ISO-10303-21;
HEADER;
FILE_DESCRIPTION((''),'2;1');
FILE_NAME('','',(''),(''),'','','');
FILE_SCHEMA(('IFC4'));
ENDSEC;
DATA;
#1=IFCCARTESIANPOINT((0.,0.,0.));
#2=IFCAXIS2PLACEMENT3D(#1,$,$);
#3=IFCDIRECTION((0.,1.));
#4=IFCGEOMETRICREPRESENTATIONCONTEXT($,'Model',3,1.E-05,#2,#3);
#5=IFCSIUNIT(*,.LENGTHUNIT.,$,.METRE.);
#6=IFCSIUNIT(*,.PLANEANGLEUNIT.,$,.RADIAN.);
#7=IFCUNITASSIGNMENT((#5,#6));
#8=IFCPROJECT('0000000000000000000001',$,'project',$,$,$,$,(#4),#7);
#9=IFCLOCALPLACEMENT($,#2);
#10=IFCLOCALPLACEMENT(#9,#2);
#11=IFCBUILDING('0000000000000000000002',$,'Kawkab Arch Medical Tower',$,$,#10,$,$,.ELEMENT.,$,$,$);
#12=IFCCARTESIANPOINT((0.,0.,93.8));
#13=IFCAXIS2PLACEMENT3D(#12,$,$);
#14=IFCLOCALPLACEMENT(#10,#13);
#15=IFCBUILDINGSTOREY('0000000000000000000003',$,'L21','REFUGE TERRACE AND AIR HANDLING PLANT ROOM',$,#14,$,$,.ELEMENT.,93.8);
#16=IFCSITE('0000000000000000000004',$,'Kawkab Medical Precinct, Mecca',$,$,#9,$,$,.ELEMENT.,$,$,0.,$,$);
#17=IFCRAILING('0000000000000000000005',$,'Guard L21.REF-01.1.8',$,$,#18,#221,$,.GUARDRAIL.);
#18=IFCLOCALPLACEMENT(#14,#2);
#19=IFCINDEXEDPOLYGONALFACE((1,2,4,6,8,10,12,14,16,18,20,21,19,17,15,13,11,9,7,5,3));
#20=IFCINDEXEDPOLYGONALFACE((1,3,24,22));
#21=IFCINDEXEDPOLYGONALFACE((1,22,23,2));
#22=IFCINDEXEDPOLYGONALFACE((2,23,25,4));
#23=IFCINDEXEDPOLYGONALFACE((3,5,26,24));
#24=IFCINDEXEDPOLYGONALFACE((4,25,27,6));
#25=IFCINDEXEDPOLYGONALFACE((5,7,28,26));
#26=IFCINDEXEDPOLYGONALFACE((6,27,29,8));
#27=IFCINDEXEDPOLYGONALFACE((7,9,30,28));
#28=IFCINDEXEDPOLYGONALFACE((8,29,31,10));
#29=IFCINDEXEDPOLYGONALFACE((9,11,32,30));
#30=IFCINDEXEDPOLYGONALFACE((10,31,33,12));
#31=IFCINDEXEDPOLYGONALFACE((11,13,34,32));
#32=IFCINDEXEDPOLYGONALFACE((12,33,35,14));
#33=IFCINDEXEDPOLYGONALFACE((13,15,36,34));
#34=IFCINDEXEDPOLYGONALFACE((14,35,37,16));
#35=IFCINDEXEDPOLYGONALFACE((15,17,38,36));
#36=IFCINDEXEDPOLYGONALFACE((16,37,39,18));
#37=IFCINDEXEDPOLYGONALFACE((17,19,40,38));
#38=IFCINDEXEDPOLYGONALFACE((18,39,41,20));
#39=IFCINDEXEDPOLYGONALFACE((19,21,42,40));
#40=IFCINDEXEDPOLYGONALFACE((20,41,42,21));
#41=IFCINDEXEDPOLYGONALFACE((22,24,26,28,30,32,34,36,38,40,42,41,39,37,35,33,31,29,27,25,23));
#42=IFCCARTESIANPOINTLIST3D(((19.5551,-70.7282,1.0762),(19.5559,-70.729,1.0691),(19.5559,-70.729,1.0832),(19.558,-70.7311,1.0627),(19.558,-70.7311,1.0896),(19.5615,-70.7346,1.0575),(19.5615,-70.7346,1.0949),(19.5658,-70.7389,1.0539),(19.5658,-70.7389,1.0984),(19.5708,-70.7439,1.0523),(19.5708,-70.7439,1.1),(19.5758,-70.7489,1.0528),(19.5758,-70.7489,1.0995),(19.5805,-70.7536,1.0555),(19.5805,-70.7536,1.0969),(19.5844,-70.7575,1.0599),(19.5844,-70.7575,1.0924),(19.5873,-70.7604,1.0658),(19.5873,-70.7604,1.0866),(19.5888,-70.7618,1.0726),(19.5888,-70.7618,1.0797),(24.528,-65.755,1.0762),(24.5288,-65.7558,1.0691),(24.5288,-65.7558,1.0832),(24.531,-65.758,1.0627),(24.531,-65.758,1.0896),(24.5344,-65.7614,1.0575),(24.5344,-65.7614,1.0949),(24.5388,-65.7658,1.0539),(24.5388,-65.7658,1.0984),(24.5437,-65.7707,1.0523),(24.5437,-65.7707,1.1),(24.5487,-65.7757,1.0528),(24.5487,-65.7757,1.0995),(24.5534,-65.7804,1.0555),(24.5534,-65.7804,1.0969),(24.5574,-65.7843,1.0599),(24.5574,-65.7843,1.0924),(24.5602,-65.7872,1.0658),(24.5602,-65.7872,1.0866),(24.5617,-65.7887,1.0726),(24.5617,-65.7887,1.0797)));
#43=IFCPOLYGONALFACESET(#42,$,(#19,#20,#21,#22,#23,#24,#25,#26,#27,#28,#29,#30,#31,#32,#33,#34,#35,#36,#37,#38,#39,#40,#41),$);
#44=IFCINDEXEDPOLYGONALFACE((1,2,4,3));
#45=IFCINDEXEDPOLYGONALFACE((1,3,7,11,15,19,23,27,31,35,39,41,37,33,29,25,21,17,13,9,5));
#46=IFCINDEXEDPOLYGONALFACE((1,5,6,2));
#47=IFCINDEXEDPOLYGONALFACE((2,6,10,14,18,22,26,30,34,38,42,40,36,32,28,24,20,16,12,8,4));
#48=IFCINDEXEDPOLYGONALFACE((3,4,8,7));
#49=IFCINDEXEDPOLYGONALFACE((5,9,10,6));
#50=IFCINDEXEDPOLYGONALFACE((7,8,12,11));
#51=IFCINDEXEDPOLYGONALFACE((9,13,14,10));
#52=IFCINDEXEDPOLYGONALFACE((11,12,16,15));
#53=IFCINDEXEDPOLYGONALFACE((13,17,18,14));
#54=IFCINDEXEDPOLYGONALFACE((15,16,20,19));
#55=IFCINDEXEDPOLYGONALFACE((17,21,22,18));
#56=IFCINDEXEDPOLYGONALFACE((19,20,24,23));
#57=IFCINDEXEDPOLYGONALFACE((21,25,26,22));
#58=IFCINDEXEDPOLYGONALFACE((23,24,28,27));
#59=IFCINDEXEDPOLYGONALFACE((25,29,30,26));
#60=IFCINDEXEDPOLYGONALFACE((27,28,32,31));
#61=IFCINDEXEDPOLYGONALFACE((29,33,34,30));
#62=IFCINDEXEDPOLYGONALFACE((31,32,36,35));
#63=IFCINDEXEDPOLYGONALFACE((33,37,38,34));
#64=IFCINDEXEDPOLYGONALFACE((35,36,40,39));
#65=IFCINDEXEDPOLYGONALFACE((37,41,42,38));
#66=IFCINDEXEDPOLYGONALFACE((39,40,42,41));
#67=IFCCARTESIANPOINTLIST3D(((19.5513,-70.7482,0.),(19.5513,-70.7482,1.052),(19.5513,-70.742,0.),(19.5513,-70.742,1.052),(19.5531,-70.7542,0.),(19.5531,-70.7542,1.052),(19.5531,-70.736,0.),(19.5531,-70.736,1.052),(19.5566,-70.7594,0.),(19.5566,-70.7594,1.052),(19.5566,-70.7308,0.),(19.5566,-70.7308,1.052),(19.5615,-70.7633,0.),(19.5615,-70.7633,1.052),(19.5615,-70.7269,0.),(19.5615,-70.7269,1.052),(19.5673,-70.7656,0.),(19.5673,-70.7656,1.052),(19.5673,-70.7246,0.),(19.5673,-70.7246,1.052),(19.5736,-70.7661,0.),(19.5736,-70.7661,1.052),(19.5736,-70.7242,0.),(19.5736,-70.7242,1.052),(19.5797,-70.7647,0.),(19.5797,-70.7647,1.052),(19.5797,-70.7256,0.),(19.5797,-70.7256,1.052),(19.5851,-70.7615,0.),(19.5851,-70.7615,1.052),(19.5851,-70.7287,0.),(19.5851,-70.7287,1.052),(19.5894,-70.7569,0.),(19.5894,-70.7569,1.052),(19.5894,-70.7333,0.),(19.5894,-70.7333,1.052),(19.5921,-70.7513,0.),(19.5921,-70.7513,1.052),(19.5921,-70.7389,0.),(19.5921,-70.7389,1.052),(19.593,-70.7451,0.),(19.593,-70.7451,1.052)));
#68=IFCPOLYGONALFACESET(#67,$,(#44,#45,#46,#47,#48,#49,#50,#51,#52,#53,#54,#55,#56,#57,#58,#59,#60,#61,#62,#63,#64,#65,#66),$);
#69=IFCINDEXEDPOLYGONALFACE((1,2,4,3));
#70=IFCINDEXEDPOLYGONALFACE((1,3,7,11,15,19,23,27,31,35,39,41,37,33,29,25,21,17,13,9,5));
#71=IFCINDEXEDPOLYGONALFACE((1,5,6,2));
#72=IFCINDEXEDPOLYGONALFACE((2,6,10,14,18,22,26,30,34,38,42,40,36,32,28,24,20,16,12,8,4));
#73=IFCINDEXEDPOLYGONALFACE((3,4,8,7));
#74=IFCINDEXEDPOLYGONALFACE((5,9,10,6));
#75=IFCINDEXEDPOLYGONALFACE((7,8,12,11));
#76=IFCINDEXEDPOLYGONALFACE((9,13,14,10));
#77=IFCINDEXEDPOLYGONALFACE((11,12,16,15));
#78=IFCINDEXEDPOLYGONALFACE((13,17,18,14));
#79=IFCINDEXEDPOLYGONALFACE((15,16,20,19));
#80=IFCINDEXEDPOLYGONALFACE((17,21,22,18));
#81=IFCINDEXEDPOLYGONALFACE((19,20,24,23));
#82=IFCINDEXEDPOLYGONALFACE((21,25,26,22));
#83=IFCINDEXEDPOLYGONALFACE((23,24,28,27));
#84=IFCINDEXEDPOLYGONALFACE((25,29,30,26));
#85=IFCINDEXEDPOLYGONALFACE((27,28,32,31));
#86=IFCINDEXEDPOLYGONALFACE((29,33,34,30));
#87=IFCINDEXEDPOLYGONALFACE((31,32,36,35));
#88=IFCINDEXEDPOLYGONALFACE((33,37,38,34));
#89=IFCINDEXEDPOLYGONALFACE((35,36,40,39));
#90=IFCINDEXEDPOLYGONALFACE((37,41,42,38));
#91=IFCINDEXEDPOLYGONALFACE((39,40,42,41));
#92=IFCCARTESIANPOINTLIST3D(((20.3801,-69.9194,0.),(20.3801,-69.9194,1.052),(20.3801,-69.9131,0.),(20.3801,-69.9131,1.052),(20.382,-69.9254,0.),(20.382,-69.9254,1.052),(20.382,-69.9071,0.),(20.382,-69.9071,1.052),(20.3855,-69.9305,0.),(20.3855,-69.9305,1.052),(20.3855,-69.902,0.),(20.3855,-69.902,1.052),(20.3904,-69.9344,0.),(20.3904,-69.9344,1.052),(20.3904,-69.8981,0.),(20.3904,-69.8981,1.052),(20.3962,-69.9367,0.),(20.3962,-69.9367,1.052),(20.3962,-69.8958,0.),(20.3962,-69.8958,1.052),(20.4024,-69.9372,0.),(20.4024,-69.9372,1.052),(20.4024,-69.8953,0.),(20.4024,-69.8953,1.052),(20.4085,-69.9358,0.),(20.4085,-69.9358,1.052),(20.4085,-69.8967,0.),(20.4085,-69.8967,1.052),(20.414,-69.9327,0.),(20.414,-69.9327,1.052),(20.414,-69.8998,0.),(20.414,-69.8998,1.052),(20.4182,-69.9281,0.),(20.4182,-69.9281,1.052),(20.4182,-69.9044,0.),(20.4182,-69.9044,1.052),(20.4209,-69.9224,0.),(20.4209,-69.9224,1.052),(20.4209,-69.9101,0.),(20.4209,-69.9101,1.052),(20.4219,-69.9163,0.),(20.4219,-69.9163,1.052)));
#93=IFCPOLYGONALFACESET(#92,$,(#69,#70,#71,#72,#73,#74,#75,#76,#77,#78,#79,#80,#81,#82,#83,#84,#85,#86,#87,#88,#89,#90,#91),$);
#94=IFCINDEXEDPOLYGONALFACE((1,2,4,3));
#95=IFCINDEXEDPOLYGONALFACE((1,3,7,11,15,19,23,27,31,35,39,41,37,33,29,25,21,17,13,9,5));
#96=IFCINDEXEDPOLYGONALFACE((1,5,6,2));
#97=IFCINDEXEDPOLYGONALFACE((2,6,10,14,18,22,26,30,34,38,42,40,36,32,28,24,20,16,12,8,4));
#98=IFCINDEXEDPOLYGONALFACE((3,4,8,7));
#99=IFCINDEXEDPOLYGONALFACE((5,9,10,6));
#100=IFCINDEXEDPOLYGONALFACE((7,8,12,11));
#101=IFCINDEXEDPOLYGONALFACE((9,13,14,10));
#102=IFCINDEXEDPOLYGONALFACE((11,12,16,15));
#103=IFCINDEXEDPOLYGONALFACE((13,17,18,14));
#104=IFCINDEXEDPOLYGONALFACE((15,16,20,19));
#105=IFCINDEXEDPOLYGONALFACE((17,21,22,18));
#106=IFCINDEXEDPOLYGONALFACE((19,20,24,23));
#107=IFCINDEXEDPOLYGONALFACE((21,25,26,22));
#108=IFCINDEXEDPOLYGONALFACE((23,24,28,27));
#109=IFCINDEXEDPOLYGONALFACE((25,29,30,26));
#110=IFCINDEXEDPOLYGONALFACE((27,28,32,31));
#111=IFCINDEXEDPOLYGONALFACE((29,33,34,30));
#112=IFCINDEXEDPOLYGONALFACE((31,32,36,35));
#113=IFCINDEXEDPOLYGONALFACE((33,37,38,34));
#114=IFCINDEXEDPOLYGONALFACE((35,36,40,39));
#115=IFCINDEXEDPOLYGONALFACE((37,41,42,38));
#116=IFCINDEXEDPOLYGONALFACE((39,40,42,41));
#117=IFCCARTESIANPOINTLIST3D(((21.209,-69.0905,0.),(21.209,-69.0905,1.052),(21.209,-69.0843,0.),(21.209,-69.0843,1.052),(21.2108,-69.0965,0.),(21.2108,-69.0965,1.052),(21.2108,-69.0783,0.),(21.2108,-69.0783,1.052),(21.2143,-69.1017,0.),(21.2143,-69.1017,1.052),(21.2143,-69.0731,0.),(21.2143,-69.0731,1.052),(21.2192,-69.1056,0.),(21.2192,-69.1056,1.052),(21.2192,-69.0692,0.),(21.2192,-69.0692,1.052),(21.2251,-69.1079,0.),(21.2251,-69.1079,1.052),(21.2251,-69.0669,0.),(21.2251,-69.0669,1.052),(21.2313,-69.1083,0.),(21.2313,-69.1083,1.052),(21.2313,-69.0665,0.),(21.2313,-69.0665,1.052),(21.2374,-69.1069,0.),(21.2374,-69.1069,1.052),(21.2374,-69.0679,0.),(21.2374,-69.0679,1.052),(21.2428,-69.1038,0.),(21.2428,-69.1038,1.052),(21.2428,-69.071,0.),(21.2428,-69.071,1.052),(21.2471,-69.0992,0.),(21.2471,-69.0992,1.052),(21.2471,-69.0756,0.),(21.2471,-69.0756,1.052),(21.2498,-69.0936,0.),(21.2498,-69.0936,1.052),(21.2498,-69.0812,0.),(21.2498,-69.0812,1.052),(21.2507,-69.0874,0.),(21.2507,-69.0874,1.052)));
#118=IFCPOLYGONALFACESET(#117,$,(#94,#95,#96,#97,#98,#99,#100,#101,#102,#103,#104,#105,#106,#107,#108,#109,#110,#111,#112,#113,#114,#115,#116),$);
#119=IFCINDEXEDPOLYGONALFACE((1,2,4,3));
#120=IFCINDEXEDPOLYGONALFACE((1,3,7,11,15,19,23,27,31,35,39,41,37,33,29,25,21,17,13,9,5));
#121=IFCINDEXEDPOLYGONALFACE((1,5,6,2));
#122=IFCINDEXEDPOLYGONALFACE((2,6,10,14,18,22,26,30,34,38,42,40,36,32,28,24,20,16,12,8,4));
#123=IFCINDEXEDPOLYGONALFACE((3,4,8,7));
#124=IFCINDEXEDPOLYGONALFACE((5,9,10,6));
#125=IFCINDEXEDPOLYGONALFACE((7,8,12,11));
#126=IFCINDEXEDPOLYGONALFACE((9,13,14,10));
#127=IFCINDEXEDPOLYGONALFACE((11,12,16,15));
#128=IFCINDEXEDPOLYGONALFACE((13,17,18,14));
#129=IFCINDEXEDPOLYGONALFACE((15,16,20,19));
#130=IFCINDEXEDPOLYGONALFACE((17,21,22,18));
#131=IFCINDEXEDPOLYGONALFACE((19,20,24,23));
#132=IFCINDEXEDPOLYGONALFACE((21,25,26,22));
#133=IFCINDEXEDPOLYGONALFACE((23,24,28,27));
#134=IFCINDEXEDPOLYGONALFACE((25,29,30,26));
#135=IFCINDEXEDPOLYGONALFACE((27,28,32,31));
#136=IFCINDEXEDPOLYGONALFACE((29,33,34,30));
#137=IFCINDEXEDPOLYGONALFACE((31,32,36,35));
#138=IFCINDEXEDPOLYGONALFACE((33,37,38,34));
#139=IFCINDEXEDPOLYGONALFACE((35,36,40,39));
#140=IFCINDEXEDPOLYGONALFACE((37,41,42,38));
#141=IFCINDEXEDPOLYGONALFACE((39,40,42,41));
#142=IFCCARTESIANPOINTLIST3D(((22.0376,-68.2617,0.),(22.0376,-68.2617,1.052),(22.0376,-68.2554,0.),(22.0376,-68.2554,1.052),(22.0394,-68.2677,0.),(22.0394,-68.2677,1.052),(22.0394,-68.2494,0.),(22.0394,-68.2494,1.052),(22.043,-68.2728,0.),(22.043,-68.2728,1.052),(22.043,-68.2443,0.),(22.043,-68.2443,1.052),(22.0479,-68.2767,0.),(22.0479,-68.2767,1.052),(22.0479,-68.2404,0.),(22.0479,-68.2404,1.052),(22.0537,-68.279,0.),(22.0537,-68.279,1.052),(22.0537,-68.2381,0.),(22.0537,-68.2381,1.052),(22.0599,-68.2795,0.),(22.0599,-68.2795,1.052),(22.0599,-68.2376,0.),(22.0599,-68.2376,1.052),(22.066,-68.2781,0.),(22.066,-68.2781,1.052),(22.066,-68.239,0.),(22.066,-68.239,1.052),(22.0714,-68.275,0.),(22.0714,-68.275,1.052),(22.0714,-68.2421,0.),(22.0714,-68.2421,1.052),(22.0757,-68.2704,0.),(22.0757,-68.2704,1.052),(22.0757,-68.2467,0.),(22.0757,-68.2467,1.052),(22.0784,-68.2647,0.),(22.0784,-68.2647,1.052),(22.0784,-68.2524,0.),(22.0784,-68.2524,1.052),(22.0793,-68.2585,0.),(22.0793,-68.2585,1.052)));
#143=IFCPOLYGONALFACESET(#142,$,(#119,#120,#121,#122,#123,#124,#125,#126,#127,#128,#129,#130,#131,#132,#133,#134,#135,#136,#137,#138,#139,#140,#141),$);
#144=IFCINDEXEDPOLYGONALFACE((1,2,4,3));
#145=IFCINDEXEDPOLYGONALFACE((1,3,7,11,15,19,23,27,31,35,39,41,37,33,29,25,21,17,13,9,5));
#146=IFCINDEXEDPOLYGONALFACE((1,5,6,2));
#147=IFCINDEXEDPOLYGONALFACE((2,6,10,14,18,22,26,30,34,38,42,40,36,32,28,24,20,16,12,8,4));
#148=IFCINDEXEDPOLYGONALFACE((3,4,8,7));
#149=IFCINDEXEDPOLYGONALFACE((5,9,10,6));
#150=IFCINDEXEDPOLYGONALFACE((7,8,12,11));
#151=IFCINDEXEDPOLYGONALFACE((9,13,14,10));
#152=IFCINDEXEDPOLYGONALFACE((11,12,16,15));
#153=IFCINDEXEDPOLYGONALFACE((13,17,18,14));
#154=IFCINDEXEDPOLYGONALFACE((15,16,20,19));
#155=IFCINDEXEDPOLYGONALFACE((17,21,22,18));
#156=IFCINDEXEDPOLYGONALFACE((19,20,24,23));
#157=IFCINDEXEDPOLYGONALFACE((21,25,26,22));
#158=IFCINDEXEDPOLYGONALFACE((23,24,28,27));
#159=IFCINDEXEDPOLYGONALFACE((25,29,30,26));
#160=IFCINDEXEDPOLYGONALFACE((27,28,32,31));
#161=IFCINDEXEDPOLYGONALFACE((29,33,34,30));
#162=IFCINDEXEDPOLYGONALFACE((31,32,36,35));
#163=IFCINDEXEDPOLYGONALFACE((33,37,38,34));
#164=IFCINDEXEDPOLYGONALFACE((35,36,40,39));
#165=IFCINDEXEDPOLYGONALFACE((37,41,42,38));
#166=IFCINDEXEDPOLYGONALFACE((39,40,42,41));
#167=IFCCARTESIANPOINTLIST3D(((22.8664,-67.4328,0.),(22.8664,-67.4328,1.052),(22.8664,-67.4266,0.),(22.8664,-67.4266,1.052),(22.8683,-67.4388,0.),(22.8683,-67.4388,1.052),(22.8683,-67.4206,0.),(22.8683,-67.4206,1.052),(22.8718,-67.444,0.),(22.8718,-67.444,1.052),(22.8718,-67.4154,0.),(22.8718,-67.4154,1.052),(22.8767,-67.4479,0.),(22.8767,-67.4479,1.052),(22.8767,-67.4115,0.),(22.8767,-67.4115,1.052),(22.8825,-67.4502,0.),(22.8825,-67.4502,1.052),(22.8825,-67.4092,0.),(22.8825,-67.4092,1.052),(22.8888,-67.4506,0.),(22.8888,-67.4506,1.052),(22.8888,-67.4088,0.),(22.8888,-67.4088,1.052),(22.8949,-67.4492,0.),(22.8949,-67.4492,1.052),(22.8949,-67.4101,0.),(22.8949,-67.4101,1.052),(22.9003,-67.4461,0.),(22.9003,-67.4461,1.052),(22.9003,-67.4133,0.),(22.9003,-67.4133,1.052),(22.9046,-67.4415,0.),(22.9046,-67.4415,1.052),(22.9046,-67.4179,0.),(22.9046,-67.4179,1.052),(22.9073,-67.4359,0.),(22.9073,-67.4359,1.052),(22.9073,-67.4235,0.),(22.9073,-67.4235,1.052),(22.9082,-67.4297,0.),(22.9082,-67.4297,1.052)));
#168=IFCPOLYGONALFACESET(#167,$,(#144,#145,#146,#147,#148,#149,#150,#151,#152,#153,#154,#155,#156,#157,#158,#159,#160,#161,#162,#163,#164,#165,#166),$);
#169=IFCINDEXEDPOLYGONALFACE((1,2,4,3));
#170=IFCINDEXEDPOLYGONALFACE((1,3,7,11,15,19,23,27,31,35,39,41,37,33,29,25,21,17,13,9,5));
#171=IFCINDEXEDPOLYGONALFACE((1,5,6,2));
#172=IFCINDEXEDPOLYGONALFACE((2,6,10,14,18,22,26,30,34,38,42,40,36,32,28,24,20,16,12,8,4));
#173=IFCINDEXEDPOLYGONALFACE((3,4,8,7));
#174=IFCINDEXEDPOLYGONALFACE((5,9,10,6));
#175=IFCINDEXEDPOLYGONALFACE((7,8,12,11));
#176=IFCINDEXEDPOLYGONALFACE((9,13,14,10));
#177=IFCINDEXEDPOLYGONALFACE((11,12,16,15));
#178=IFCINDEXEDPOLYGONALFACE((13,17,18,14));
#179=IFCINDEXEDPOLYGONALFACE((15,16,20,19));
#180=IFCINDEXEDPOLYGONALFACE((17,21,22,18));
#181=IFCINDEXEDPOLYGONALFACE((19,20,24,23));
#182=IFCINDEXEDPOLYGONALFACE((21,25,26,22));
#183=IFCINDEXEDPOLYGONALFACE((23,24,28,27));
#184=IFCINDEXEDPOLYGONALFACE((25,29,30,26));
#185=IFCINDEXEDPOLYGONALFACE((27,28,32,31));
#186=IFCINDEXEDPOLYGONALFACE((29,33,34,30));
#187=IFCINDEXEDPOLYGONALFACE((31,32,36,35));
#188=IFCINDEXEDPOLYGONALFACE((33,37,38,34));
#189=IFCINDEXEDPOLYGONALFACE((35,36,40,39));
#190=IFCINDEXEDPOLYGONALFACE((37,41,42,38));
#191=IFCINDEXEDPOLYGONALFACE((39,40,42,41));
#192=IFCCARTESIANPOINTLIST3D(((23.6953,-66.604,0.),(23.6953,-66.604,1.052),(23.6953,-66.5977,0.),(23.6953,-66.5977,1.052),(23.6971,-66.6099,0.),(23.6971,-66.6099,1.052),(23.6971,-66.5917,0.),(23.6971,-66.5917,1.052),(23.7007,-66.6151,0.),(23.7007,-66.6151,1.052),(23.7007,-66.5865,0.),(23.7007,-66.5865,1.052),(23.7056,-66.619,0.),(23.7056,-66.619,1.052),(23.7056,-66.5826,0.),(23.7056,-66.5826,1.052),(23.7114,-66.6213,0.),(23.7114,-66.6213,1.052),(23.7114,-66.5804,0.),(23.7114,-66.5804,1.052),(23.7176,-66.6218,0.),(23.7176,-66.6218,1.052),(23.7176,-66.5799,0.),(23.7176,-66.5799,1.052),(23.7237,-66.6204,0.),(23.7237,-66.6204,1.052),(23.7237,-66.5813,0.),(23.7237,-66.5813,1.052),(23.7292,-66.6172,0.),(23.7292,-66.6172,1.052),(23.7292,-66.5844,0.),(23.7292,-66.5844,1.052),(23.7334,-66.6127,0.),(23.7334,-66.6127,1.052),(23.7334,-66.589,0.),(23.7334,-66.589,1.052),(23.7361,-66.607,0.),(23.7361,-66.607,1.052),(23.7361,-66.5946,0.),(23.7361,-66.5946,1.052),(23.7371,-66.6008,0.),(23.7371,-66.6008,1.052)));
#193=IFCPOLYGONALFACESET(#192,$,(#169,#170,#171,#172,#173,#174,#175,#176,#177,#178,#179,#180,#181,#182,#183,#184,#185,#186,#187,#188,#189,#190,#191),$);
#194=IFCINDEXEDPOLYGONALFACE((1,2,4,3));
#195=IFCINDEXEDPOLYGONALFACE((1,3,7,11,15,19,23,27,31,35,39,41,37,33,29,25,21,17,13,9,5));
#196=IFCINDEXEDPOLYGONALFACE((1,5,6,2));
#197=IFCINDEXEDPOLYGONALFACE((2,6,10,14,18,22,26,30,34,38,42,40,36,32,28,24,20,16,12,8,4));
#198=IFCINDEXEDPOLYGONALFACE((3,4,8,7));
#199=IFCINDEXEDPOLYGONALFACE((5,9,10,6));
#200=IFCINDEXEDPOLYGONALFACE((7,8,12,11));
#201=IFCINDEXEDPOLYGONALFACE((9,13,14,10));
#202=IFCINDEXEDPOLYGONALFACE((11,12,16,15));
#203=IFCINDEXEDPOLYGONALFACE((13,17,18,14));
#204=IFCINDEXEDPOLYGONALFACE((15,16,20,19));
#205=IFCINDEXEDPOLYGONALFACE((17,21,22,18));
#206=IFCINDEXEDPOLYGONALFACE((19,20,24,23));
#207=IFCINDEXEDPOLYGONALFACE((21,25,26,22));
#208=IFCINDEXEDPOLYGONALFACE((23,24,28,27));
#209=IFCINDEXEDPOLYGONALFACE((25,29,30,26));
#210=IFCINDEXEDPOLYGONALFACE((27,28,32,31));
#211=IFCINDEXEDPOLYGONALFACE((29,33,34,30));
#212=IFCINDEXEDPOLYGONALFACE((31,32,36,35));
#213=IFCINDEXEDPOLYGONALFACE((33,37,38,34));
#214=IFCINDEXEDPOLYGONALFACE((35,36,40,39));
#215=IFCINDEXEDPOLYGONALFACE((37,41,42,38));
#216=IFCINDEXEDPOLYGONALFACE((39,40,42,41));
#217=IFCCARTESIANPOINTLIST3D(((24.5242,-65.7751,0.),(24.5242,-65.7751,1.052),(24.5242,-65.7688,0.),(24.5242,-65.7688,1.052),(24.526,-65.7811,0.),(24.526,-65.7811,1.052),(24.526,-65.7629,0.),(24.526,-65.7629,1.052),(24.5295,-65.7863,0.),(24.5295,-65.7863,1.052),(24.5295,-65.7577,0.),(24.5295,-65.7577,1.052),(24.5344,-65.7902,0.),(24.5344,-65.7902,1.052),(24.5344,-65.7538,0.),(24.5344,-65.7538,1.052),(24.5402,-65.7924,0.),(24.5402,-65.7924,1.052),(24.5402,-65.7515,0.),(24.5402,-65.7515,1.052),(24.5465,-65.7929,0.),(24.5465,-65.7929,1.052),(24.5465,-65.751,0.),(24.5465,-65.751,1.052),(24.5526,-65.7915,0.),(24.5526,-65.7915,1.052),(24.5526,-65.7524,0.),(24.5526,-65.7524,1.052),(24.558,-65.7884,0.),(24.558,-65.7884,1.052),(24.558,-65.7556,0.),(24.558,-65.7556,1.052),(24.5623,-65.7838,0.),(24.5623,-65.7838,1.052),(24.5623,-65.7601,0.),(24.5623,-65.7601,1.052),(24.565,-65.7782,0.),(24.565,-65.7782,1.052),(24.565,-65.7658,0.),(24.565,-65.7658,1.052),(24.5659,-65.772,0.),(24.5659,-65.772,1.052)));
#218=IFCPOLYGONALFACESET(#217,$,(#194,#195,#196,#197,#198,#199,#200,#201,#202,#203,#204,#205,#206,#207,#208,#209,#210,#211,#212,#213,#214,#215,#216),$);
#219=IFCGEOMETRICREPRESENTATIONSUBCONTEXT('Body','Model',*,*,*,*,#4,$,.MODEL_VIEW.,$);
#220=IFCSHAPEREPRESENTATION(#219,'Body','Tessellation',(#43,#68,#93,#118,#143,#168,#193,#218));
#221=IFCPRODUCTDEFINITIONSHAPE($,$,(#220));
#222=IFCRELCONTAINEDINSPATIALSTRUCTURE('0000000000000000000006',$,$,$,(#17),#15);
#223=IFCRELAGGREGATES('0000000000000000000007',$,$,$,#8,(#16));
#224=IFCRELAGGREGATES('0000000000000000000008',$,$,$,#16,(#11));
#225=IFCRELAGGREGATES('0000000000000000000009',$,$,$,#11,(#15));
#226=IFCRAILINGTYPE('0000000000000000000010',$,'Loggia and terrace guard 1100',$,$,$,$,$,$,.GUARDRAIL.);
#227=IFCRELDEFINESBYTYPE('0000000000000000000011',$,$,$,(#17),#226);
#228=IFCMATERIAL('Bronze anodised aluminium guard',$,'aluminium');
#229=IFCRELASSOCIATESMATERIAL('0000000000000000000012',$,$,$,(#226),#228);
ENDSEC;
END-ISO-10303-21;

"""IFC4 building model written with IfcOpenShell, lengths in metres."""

from ifc_helpers import new_model, si_unit, direction, frame, origin, origin_2d, place, context, subcontext, project, spatial, circle, extrude, material, type_object, element, save


model = new_model("IFC4")

# Units and contexts
model_context = context("Model", 3, precision=1e-05, world=origin(), true_north=direction((0.0, 1.0)))
body_context = subcontext(model_context, "Body", "Model", "MODEL_VIEW")
ifc_project = project(units=[si_unit("LENGTHUNIT", "METRE"), si_unit("PLANEANGLEUNIT", "RADIAN")], contexts=[model_context])

# Site, building, storey
site_placement = place(None, origin())
site = spatial("IfcSite", under=ifc_project, at=site_placement, Name="Kawkab Medical Precinct, Mecca", CompositionType="ELEMENT", RefElevation=0.0)
building_placement = place(site_placement, origin())
building = spatial("IfcBuilding", under=site, at=building_placement, Name="Kawkab Arch Medical Tower", CompositionType="ELEMENT")
storey_placement = place(building_placement, frame((0.0, 0.0, 93.8)))
storey = spatial("IfcBuildingStorey", under=building, at=storey_placement, Name="L21", Description="REFUGE TERRACE AND AIR HANDLING PLANT ROOM", CompositionType="ELEMENT", Elevation=93.8)

# Railing
ifc_material_1 = material(Name="Bronze anodised aluminium guard", Category="aluminium")
railing_type = type_object("IfcRailingType", Name="Loggia and terrace guard 1100", PredefinedType="GUARDRAIL", material=ifc_material_1)
railing_placement = place(storey_placement, frame((19.572, -70.7451, 0.0)))
element("IfcRailing", 1, at=railing_placement, inside=storey, type_object=railing_type, Name="Guard L21.REF-01.1.8", PredefinedType="GUARDRAIL", context=body_context, shape_type="SweptSolid", body=[
    extrude(circle(Radius=0.0239, at=origin_2d()), frame((0.0, 0.0, 1.0762), z_axis=(0.707089, 0.707124, 0.0), x_axis=(-0.707124, 0.707089, 0.0)), (0.0, 0.0, 1.0), 7.033),
    extrude(circle(Radius=0.021, at=origin_2d()), origin(), (0.0, 0.0, 1.0), 1.052),
    extrude(circle(Radius=0.021, at=origin_2d()), frame((0.8289, 0.8289, 0.0)), (0.0, 0.0, 1.0), 1.052),
    extrude(circle(Radius=0.021, at=origin_2d()), frame((1.6577, 1.6577, 0.0)), (0.0, 0.0, 1.0), 1.052),
    extrude(circle(Radius=0.021, at=origin_2d()), frame((2.4863, 2.4866, 0.0)), (0.0, 0.0, 1.0), 1.052),
    extrude(circle(Radius=0.021, at=origin_2d()), frame((3.3152, 3.3154, 0.0)), (0.0, 0.0, 1.0), 1.052),
    extrude(circle(Radius=0.021, at=origin_2d()), frame((4.144, 4.1443, 0.0)), (0.0, 0.0, 1.0), 1.052),
    extrude(circle(Radius=0.021, at=origin_2d()), frame((4.9729, 4.9731, 0.0)), (0.0, 0.0, 1.0), 1.052),
])

save(model, "model.ifc")
